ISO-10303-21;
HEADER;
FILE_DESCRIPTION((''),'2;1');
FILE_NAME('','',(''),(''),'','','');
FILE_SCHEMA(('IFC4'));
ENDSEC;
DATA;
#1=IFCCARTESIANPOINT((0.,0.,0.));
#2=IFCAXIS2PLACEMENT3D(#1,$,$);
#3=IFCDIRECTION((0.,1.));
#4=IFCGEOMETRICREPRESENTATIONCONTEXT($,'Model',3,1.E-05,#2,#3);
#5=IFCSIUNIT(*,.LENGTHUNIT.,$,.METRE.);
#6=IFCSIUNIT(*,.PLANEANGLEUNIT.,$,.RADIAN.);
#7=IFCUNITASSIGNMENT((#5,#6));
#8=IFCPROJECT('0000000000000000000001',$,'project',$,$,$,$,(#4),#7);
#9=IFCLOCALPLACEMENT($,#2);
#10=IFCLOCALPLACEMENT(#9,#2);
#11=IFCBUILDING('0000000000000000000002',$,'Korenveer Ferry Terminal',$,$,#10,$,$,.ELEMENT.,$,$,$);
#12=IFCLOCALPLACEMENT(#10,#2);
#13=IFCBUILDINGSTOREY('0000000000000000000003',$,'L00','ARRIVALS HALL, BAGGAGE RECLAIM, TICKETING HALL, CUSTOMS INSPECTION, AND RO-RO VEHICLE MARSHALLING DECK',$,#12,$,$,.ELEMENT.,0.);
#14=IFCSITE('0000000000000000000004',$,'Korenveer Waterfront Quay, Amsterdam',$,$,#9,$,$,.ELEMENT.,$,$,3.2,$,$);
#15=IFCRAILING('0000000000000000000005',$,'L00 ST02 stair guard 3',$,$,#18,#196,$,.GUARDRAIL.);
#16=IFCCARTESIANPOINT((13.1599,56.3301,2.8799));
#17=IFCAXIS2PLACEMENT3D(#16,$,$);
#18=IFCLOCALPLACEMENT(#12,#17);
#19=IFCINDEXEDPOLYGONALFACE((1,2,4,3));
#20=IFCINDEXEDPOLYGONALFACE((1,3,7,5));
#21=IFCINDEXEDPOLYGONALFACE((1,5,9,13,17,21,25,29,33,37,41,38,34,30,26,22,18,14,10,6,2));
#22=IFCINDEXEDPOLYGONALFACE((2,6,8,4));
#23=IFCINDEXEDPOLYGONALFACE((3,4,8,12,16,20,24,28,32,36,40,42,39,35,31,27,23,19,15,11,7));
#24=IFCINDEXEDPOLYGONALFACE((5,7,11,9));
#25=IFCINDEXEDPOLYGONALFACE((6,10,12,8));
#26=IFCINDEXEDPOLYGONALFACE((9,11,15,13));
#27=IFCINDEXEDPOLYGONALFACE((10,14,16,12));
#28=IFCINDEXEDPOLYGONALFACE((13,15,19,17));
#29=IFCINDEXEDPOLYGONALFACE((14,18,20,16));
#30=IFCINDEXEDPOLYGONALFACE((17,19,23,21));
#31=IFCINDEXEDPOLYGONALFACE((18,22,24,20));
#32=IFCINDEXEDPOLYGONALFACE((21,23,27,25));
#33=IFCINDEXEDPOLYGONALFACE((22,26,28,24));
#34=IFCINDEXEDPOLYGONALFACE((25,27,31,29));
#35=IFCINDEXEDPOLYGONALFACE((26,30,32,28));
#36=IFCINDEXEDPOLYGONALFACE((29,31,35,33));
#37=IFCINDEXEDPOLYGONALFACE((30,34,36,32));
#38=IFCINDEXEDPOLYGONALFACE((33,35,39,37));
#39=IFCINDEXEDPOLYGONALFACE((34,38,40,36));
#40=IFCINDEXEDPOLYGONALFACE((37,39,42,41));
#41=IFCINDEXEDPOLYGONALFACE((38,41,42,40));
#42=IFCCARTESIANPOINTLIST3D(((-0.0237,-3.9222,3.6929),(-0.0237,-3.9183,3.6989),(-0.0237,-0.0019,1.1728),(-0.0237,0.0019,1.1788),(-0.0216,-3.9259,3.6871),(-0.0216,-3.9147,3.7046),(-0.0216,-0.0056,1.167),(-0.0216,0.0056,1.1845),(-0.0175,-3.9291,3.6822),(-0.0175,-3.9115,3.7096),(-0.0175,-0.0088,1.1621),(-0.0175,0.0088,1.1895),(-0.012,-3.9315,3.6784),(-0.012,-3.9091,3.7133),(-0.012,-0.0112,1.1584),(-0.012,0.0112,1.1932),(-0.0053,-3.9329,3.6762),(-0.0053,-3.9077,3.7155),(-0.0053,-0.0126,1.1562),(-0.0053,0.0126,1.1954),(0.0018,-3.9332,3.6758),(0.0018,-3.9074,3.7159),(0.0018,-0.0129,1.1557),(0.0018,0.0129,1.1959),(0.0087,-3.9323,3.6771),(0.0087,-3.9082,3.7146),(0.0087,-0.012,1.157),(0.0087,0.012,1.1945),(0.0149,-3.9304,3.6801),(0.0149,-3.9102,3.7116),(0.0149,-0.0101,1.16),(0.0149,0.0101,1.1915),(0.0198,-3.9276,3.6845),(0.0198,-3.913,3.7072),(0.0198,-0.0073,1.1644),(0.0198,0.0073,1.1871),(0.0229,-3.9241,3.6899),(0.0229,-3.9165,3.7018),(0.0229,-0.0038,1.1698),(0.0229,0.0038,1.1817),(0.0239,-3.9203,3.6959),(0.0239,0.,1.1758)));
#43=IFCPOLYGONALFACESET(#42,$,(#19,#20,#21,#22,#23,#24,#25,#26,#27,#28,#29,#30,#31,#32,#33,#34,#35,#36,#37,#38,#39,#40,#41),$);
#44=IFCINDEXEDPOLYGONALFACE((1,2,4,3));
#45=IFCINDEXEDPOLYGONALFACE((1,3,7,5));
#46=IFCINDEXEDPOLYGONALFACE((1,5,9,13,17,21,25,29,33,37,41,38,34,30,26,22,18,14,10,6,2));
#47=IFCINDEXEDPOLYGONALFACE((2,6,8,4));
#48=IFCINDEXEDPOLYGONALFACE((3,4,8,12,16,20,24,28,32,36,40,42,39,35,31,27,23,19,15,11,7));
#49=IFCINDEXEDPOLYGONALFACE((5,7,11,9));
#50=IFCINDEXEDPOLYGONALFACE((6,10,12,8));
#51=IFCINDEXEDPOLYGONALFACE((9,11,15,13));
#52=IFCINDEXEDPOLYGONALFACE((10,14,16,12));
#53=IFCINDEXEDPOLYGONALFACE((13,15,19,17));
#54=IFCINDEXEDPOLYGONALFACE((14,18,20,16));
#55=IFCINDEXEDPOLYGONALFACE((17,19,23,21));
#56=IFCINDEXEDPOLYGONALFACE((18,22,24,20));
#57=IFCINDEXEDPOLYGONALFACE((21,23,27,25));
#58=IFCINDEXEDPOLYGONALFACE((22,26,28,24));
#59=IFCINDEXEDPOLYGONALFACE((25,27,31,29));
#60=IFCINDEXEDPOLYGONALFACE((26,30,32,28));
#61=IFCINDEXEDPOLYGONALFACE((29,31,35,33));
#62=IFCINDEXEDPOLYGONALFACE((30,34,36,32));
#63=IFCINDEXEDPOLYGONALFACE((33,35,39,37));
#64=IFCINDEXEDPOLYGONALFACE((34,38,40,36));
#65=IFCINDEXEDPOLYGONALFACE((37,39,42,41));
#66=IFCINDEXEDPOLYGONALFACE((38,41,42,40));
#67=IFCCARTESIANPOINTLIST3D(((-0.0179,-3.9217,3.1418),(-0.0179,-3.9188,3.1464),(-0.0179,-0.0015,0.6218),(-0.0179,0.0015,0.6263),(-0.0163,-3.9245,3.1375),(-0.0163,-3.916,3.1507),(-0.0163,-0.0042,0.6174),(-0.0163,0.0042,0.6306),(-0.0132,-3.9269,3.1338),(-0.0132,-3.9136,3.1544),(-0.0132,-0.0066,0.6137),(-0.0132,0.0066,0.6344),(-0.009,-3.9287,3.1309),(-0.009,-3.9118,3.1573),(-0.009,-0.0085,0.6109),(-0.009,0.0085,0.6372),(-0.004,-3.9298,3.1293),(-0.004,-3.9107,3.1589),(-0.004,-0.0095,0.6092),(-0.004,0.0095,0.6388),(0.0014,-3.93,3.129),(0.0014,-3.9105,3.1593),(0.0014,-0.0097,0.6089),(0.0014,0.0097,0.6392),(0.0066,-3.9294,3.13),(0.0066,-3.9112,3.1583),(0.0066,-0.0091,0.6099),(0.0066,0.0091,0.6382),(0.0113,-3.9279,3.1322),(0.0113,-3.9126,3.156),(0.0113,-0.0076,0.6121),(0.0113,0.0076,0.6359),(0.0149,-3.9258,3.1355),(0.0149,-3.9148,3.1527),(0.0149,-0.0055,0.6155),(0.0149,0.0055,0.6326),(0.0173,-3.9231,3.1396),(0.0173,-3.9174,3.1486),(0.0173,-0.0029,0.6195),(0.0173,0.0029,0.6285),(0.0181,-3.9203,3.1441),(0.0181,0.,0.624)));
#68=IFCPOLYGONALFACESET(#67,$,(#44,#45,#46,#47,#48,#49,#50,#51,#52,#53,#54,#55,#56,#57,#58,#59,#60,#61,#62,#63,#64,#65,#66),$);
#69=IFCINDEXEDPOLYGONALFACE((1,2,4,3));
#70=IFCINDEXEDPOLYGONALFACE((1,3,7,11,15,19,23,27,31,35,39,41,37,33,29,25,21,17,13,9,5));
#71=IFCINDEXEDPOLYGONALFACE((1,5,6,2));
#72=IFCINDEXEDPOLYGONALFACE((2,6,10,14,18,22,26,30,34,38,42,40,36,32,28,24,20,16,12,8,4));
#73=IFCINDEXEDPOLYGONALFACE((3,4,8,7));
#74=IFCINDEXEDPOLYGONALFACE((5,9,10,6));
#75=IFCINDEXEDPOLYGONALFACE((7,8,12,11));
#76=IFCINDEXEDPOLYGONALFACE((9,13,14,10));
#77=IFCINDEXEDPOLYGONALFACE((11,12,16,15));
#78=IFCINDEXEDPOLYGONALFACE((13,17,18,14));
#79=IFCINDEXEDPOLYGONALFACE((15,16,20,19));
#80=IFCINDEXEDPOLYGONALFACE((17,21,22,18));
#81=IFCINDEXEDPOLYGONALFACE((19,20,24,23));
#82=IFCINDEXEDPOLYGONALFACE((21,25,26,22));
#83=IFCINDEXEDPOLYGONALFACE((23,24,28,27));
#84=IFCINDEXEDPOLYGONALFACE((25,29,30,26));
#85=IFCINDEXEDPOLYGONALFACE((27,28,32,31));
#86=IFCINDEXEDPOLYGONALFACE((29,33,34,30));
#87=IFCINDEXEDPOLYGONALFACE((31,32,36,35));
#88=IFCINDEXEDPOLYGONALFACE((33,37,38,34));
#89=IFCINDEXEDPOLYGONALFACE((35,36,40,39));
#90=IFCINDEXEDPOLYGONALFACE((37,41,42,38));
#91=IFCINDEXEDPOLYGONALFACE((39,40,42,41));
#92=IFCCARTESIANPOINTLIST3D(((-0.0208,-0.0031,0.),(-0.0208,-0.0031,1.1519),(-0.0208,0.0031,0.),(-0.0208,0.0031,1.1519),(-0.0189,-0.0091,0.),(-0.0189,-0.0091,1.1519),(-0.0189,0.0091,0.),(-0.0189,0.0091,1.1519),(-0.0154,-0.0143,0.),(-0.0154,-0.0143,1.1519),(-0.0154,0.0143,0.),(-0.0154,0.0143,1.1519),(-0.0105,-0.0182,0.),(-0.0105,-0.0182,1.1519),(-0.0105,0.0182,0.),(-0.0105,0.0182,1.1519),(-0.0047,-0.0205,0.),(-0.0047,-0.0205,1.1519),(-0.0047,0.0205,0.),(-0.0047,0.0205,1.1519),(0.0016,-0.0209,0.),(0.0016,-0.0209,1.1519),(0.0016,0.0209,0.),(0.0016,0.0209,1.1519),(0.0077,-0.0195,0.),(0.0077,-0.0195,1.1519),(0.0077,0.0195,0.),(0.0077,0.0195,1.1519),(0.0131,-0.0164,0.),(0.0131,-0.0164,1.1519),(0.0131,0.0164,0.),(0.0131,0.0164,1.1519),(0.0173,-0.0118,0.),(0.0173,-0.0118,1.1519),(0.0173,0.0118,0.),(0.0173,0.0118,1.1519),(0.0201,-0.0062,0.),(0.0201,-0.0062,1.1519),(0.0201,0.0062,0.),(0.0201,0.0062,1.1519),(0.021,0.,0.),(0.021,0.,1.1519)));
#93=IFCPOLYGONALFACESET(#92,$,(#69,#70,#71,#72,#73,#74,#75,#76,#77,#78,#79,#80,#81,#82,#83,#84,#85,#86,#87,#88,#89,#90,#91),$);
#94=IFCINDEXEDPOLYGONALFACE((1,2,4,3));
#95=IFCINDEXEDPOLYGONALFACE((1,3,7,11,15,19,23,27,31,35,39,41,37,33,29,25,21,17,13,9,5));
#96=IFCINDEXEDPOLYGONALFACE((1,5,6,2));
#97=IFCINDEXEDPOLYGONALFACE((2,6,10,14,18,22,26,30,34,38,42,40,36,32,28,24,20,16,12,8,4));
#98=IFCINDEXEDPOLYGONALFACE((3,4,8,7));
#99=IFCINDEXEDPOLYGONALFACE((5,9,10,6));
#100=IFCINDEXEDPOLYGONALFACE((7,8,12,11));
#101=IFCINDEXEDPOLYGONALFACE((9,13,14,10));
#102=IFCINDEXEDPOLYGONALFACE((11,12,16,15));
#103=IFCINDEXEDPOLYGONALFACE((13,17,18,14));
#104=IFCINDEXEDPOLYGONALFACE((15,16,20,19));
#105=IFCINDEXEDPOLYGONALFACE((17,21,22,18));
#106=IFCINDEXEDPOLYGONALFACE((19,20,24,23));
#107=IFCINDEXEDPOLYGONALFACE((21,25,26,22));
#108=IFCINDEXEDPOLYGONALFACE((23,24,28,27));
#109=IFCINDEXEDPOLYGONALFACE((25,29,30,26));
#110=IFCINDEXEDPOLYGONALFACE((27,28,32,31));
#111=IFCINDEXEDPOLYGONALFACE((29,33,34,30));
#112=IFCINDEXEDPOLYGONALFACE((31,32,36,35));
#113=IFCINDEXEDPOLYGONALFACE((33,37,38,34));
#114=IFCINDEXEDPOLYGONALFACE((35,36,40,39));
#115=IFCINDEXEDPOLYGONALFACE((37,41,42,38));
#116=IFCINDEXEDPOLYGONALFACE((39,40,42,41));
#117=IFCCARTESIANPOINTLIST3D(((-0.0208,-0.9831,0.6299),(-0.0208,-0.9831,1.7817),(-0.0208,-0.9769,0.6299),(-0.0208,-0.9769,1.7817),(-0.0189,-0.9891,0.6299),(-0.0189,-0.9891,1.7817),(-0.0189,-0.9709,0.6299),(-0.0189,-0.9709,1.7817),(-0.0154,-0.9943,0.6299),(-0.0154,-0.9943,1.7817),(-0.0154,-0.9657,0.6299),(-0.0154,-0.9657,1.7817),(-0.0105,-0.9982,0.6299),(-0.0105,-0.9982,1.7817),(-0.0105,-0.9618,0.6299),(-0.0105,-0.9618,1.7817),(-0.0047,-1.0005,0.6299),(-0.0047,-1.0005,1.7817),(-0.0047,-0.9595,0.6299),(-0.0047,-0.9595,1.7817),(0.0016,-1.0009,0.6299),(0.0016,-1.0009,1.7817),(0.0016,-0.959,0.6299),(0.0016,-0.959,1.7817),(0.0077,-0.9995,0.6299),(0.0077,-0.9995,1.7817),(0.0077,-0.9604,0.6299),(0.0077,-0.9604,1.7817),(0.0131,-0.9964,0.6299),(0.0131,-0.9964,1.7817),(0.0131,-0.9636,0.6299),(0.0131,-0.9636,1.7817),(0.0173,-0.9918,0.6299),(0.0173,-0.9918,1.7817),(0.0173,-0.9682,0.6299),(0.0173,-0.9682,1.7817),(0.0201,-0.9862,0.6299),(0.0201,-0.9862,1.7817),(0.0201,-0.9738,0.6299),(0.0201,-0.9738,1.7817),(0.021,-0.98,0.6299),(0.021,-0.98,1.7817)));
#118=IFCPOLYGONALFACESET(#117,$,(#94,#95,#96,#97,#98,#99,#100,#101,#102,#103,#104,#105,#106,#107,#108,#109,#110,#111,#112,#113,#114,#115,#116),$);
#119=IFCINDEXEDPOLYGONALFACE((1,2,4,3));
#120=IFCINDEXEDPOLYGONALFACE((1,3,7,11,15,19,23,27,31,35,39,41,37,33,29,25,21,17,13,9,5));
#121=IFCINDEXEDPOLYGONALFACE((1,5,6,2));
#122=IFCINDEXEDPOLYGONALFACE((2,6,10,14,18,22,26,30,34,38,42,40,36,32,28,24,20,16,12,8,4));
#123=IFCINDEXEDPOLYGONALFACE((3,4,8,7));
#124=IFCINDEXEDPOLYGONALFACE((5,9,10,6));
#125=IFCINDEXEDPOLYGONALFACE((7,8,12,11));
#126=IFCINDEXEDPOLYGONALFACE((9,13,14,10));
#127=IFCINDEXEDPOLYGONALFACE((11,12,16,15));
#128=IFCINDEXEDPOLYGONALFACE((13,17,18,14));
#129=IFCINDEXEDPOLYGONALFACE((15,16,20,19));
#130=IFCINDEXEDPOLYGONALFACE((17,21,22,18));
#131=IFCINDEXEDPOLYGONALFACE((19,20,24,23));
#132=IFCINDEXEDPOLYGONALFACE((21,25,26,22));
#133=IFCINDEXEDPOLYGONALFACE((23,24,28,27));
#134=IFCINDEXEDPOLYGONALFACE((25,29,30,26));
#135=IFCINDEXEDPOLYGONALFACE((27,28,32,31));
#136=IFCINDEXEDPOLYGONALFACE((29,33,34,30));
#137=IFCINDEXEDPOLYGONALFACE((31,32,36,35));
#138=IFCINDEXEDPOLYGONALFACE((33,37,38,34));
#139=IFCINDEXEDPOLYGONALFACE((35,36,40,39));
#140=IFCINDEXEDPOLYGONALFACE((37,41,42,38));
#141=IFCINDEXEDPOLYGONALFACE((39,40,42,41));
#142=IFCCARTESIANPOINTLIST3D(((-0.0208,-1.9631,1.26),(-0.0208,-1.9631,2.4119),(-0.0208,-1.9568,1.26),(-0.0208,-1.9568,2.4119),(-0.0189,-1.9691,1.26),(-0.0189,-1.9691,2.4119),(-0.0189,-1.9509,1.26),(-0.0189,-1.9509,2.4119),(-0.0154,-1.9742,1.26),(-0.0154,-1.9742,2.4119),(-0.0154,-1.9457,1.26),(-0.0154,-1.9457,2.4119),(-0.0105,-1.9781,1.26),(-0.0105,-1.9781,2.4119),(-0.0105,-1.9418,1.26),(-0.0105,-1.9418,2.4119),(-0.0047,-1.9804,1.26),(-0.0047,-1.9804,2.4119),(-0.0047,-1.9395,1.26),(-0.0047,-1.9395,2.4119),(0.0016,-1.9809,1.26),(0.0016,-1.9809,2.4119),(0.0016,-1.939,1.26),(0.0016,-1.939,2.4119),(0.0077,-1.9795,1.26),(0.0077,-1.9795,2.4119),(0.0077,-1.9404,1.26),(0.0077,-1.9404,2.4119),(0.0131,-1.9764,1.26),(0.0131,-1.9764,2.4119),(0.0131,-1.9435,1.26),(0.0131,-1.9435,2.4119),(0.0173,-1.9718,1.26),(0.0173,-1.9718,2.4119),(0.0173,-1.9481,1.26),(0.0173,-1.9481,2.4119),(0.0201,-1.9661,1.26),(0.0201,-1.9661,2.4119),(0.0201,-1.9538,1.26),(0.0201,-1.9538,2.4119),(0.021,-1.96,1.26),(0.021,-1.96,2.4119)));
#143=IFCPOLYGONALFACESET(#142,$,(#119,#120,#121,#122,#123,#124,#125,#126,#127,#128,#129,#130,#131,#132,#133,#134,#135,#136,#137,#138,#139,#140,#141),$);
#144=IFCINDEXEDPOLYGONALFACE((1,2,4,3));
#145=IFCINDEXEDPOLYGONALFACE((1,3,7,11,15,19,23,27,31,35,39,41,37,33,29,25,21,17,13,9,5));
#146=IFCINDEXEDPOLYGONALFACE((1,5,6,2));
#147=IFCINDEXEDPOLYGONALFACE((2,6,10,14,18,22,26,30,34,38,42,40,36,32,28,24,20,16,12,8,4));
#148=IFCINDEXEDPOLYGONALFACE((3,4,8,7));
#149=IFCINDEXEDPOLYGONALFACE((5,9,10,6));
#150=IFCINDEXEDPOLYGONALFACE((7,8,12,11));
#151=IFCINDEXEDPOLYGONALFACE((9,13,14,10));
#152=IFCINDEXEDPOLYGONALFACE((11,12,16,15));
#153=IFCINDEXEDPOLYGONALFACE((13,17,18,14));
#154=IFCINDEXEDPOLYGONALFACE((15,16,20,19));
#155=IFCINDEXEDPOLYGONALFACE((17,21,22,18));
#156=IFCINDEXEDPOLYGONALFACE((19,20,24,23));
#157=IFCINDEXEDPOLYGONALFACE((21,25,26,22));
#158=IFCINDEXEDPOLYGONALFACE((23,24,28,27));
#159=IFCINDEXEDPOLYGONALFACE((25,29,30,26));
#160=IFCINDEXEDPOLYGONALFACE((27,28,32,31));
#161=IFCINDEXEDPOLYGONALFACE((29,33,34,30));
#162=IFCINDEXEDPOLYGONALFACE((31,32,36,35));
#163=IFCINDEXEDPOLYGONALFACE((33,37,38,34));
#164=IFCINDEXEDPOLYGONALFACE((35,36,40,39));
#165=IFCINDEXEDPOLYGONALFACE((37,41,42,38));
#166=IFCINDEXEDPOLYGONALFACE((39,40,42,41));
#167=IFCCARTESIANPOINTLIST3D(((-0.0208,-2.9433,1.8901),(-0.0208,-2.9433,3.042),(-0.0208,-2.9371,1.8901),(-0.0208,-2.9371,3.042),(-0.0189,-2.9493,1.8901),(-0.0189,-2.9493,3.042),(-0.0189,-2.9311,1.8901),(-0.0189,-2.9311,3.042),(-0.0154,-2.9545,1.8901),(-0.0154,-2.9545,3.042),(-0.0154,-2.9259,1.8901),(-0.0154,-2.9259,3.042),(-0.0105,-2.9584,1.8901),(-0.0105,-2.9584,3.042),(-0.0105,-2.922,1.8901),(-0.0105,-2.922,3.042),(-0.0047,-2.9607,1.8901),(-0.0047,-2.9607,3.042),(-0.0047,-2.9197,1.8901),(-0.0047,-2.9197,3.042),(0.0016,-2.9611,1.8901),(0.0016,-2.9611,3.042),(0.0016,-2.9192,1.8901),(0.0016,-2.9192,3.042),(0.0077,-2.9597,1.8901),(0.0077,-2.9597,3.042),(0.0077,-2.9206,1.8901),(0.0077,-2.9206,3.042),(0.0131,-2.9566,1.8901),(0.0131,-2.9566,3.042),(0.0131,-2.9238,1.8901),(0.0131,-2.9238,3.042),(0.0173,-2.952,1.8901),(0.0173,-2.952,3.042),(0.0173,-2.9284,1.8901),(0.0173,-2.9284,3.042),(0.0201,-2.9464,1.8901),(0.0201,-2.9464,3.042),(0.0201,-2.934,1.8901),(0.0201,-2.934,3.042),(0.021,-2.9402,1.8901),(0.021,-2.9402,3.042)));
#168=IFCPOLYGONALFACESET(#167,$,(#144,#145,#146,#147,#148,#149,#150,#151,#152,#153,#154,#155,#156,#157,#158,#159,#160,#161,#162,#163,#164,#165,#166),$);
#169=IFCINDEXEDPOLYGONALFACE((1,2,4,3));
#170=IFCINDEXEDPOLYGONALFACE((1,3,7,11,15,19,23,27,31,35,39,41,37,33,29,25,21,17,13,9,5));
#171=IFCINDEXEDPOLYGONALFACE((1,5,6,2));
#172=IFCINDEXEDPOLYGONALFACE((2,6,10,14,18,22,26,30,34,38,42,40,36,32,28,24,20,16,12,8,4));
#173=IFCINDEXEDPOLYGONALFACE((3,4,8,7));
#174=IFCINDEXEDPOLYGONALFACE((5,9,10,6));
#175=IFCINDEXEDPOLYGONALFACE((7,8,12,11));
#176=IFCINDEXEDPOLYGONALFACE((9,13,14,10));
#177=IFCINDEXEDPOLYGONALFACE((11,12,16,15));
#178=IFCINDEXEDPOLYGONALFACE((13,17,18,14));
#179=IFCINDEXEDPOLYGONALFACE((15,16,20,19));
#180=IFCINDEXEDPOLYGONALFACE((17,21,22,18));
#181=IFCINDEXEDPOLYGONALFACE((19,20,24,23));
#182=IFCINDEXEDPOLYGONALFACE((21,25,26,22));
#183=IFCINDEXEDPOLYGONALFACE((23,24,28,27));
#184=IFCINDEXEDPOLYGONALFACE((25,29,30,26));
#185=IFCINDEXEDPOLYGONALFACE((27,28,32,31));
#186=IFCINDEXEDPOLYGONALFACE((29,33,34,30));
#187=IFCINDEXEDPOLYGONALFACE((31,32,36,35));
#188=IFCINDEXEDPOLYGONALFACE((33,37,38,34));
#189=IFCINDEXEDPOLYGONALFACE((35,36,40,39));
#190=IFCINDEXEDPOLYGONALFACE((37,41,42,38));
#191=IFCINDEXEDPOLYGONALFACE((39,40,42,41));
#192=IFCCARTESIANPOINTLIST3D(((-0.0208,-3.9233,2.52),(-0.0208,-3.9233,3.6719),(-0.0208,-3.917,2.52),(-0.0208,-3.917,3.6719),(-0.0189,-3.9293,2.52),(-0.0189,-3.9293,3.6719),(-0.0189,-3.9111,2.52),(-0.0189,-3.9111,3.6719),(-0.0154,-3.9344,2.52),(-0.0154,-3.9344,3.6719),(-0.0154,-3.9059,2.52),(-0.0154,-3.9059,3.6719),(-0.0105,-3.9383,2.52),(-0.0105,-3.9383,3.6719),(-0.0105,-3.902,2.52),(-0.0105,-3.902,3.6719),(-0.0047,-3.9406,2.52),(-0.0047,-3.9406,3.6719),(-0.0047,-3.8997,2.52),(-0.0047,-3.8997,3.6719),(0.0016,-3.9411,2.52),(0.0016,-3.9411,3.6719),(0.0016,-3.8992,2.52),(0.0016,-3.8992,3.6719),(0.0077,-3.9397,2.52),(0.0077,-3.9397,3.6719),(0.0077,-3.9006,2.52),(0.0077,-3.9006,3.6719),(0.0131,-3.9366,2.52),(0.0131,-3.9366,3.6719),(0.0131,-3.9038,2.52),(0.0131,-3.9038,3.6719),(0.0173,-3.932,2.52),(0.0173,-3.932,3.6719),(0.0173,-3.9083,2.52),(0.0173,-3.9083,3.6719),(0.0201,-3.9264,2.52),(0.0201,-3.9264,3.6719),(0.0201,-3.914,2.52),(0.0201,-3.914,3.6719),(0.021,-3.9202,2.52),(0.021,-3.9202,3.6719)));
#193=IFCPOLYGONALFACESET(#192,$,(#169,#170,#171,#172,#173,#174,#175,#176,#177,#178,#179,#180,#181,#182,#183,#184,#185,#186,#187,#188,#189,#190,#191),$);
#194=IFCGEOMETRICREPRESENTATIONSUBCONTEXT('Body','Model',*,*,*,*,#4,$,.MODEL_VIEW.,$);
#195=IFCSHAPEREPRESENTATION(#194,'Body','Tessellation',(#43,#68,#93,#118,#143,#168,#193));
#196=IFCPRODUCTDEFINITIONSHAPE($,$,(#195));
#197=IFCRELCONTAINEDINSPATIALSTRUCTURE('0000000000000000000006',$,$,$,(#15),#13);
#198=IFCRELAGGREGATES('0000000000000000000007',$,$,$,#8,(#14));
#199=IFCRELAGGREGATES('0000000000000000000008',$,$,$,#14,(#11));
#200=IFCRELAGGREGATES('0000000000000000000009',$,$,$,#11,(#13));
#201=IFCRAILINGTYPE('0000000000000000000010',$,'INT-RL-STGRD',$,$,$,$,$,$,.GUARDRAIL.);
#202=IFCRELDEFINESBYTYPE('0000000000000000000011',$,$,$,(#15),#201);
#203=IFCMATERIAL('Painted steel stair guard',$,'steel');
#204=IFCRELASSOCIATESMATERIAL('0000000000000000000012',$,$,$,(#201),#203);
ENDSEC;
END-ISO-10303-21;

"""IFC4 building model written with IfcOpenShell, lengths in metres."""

from ifc_helpers import new_model, si_unit, direction, frame, origin, origin_2d, place, context, subcontext, project, spatial, circle, extrude, material, type_object, element, save


model = new_model("IFC4")

# Units and contexts
model_context = context("Model", 3, precision=1e-05, world=origin(), true_north=direction((0.0, 1.0)))
body_context = subcontext(model_context, "Body", "Model", "MODEL_VIEW")
ifc_project = project(units=[si_unit("LENGTHUNIT", "METRE"), si_unit("PLANEANGLEUNIT", "RADIAN")], contexts=[model_context])

# Site, building, storey
site_placement = place(None, origin())
site = spatial("IfcSite", under=ifc_project, at=site_placement, Name="Korenveer Waterfront Quay, Amsterdam", CompositionType="ELEMENT", RefElevation=3.2)
building_placement = place(site_placement, origin())
building = spatial("IfcBuilding", under=site, at=building_placement, Name="Korenveer Ferry Terminal", CompositionType="ELEMENT")
storey_placement = place(building_placement, origin())
storey = spatial("IfcBuildingStorey", under=building, at=storey_placement, Name="L00", Description="ARRIVALS HALL, BAGGAGE RECLAIM, TICKETING HALL, CUSTOMS INSPECTION, AND RO-RO VEHICLE MARSHALLING DECK", CompositionType="ELEMENT", Elevation=0.0)

# Railing
ifc_material_1 = material(Name="Painted steel stair guard", Category="steel")
railing_type_1 = type_object("IfcRailingType", Name="INT-RL-STGRD", PredefinedType="GUARDRAIL", material=ifc_material_1)
railing_1_placement = place(storey_placement, frame((13.1599, 56.3301, 2.8799)))
element("IfcRailing", 1, at=railing_1_placement, inside=storey, type_object=railing_type_1, Name="L00 ST02 stair guard 3", PredefinedType="GUARDRAIL", context=body_context, shape_type="SweptSolid", body=[
    extrude(circle(Radius=0.0239, at=origin_2d()), frame((0.0, 0.0, 1.1758), z_axis=(0.0, -0.841187, 0.540744), x_axis=(1.0, 0.0, 0.0)), (0.0, 0.0, 1.0), 4.6604),
    extrude(circle(Radius=0.0181, at=origin_2d()), frame((0.0, 0.0, 0.624), z_axis=(0.0, -0.841187, 0.540744), x_axis=(1.0, 0.0, 0.0)), (0.0, 0.0, 1.0), 4.6604),
    extrude(circle(Radius=0.021, at=origin_2d()), origin(), (0.0, 0.0, 1.0), 1.1519),
    extrude(circle(Radius=0.021, at=origin_2d()), frame((0.0, -0.98, 0.6299)), (0.0, 0.0, 1.0), 1.1519),
    extrude(circle(Radius=0.021, at=origin_2d()), frame((0.0, -1.96, 1.26)), (0.0, 0.0, 1.0), 1.1519),
    extrude(circle(Radius=0.021, at=origin_2d()), frame((0.0, -2.9402, 1.8901)), (0.0, 0.0, 1.0), 1.1519),
    extrude(circle(Radius=0.021, at=origin_2d()), frame((0.0, -3.9202, 2.52)), (0.0, 0.0, 1.0), 1.1519),
])

save(model, "model.ifc")
